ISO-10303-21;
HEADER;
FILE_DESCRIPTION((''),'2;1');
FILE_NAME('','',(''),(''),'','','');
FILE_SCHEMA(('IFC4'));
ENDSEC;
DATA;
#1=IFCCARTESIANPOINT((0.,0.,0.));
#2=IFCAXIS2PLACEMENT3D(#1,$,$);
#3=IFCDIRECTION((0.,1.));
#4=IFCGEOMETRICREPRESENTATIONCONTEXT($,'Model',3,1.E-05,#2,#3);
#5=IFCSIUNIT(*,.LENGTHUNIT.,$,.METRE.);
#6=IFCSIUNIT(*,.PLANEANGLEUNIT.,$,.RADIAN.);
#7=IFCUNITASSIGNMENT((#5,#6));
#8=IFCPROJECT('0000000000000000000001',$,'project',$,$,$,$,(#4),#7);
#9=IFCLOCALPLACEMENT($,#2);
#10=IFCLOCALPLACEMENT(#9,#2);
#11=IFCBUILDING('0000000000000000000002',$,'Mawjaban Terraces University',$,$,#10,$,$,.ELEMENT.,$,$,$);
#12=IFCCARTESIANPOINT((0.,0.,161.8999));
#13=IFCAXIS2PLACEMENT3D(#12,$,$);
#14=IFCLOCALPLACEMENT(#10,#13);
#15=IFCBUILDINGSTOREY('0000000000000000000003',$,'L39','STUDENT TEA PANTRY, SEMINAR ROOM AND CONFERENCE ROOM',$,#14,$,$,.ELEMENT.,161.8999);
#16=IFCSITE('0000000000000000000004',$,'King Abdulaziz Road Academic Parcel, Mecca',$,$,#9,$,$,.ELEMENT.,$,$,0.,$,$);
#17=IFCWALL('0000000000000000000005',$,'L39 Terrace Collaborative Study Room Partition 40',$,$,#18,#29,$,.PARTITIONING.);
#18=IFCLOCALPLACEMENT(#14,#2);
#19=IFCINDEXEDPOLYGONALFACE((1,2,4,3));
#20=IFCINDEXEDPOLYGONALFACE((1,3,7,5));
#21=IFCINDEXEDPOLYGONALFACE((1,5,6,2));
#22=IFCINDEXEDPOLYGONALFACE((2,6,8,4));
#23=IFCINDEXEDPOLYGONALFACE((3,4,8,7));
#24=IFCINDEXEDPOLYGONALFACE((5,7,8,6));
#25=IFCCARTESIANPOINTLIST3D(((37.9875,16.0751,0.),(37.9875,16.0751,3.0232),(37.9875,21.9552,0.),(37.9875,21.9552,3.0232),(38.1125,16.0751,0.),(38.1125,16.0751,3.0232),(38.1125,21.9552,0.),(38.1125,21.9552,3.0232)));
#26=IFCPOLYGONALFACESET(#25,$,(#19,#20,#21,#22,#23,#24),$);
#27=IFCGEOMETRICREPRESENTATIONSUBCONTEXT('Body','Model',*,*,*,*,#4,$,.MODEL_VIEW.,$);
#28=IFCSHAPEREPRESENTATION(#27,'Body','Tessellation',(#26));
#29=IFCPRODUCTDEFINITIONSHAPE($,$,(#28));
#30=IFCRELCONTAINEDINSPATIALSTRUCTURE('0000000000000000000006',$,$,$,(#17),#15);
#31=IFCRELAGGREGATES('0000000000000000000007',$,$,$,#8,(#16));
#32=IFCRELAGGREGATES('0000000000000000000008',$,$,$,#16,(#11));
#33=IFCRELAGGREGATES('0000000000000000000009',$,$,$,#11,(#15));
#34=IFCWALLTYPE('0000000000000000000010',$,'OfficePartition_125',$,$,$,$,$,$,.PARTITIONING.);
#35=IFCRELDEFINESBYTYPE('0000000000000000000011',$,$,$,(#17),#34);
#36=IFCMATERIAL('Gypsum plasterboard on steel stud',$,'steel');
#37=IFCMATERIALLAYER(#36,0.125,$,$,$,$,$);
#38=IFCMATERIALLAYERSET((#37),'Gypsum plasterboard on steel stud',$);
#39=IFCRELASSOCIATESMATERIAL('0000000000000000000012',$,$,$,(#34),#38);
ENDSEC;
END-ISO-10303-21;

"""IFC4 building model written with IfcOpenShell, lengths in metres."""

from ifc_helpers import new_model, si_unit, direction, frame, frame_2d, origin, place, context, subcontext, project, spatial, rectangle, extrude, material, layer, layer_set, type_object, element, save


model = new_model("IFC4")

# Units and contexts
model_context = context("Model", 3, precision=1e-05, world=origin(), true_north=direction((0.0, 1.0)))
body_context = subcontext(model_context, "Body", "Model", "MODEL_VIEW")
ifc_project = project(units=[si_unit("LENGTHUNIT", "METRE"), si_unit("PLANEANGLEUNIT", "RADIAN")], contexts=[model_context])

# Site, building, storey
site_placement = place(None, origin())
site = spatial("IfcSite", under=ifc_project, at=site_placement, Name="King Abdulaziz Road Academic Parcel, Mecca", CompositionType="ELEMENT", RefElevation=0.0)
building_placement = place(site_placement, origin())
building = spatial("IfcBuilding", under=site, at=building_placement, Name="Mawjaban Terraces University", CompositionType="ELEMENT")
storey_placement = place(building_placement, frame((0.0, 0.0, 161.8999)))
storey = spatial("IfcBuildingStorey", under=building, at=storey_placement, Name="L39", Description="STUDENT TEA PANTRY, SEMINAR ROOM AND CONFERENCE ROOM", CompositionType="ELEMENT", Elevation=161.8999)

# Shared definitions
ifc_material_1 = material(Name="Gypsum plasterboard on steel stud", Category="steel")
ifc_layer_1 = layer(ifc_material_1, 0.125)
ifc_layer_set_1 = layer_set([ifc_layer_1], Name="Gypsum plasterboard on steel stud")
wall_type_1 = type_object("IfcWallType", Name="OfficePartition_125", PredefinedType="PARTITIONING", material=ifc_layer_set_1)

# Wall
wall_1_placement = place(storey_placement, frame((38.05, 21.9551, 0.0), z_axis=(0.0, 0.0, 1.0), x_axis=(0.0, -1.0, 0.0)))
element("IfcWall", 1, at=wall_1_placement, inside=storey, type_object=wall_type_1, Name="L39 Terrace Collaborative Study Room Partition 40", PredefinedType="PARTITIONING", context=body_context, shape_type="SweptSolid", body=[
    extrude(rectangle(XDim=5.8801, YDim=0.125, at=frame_2d((2.9399, 0.0))), origin(), (0.0, 0.0, 1.0), 3.0232),
])

save(model, "model.ifc")
